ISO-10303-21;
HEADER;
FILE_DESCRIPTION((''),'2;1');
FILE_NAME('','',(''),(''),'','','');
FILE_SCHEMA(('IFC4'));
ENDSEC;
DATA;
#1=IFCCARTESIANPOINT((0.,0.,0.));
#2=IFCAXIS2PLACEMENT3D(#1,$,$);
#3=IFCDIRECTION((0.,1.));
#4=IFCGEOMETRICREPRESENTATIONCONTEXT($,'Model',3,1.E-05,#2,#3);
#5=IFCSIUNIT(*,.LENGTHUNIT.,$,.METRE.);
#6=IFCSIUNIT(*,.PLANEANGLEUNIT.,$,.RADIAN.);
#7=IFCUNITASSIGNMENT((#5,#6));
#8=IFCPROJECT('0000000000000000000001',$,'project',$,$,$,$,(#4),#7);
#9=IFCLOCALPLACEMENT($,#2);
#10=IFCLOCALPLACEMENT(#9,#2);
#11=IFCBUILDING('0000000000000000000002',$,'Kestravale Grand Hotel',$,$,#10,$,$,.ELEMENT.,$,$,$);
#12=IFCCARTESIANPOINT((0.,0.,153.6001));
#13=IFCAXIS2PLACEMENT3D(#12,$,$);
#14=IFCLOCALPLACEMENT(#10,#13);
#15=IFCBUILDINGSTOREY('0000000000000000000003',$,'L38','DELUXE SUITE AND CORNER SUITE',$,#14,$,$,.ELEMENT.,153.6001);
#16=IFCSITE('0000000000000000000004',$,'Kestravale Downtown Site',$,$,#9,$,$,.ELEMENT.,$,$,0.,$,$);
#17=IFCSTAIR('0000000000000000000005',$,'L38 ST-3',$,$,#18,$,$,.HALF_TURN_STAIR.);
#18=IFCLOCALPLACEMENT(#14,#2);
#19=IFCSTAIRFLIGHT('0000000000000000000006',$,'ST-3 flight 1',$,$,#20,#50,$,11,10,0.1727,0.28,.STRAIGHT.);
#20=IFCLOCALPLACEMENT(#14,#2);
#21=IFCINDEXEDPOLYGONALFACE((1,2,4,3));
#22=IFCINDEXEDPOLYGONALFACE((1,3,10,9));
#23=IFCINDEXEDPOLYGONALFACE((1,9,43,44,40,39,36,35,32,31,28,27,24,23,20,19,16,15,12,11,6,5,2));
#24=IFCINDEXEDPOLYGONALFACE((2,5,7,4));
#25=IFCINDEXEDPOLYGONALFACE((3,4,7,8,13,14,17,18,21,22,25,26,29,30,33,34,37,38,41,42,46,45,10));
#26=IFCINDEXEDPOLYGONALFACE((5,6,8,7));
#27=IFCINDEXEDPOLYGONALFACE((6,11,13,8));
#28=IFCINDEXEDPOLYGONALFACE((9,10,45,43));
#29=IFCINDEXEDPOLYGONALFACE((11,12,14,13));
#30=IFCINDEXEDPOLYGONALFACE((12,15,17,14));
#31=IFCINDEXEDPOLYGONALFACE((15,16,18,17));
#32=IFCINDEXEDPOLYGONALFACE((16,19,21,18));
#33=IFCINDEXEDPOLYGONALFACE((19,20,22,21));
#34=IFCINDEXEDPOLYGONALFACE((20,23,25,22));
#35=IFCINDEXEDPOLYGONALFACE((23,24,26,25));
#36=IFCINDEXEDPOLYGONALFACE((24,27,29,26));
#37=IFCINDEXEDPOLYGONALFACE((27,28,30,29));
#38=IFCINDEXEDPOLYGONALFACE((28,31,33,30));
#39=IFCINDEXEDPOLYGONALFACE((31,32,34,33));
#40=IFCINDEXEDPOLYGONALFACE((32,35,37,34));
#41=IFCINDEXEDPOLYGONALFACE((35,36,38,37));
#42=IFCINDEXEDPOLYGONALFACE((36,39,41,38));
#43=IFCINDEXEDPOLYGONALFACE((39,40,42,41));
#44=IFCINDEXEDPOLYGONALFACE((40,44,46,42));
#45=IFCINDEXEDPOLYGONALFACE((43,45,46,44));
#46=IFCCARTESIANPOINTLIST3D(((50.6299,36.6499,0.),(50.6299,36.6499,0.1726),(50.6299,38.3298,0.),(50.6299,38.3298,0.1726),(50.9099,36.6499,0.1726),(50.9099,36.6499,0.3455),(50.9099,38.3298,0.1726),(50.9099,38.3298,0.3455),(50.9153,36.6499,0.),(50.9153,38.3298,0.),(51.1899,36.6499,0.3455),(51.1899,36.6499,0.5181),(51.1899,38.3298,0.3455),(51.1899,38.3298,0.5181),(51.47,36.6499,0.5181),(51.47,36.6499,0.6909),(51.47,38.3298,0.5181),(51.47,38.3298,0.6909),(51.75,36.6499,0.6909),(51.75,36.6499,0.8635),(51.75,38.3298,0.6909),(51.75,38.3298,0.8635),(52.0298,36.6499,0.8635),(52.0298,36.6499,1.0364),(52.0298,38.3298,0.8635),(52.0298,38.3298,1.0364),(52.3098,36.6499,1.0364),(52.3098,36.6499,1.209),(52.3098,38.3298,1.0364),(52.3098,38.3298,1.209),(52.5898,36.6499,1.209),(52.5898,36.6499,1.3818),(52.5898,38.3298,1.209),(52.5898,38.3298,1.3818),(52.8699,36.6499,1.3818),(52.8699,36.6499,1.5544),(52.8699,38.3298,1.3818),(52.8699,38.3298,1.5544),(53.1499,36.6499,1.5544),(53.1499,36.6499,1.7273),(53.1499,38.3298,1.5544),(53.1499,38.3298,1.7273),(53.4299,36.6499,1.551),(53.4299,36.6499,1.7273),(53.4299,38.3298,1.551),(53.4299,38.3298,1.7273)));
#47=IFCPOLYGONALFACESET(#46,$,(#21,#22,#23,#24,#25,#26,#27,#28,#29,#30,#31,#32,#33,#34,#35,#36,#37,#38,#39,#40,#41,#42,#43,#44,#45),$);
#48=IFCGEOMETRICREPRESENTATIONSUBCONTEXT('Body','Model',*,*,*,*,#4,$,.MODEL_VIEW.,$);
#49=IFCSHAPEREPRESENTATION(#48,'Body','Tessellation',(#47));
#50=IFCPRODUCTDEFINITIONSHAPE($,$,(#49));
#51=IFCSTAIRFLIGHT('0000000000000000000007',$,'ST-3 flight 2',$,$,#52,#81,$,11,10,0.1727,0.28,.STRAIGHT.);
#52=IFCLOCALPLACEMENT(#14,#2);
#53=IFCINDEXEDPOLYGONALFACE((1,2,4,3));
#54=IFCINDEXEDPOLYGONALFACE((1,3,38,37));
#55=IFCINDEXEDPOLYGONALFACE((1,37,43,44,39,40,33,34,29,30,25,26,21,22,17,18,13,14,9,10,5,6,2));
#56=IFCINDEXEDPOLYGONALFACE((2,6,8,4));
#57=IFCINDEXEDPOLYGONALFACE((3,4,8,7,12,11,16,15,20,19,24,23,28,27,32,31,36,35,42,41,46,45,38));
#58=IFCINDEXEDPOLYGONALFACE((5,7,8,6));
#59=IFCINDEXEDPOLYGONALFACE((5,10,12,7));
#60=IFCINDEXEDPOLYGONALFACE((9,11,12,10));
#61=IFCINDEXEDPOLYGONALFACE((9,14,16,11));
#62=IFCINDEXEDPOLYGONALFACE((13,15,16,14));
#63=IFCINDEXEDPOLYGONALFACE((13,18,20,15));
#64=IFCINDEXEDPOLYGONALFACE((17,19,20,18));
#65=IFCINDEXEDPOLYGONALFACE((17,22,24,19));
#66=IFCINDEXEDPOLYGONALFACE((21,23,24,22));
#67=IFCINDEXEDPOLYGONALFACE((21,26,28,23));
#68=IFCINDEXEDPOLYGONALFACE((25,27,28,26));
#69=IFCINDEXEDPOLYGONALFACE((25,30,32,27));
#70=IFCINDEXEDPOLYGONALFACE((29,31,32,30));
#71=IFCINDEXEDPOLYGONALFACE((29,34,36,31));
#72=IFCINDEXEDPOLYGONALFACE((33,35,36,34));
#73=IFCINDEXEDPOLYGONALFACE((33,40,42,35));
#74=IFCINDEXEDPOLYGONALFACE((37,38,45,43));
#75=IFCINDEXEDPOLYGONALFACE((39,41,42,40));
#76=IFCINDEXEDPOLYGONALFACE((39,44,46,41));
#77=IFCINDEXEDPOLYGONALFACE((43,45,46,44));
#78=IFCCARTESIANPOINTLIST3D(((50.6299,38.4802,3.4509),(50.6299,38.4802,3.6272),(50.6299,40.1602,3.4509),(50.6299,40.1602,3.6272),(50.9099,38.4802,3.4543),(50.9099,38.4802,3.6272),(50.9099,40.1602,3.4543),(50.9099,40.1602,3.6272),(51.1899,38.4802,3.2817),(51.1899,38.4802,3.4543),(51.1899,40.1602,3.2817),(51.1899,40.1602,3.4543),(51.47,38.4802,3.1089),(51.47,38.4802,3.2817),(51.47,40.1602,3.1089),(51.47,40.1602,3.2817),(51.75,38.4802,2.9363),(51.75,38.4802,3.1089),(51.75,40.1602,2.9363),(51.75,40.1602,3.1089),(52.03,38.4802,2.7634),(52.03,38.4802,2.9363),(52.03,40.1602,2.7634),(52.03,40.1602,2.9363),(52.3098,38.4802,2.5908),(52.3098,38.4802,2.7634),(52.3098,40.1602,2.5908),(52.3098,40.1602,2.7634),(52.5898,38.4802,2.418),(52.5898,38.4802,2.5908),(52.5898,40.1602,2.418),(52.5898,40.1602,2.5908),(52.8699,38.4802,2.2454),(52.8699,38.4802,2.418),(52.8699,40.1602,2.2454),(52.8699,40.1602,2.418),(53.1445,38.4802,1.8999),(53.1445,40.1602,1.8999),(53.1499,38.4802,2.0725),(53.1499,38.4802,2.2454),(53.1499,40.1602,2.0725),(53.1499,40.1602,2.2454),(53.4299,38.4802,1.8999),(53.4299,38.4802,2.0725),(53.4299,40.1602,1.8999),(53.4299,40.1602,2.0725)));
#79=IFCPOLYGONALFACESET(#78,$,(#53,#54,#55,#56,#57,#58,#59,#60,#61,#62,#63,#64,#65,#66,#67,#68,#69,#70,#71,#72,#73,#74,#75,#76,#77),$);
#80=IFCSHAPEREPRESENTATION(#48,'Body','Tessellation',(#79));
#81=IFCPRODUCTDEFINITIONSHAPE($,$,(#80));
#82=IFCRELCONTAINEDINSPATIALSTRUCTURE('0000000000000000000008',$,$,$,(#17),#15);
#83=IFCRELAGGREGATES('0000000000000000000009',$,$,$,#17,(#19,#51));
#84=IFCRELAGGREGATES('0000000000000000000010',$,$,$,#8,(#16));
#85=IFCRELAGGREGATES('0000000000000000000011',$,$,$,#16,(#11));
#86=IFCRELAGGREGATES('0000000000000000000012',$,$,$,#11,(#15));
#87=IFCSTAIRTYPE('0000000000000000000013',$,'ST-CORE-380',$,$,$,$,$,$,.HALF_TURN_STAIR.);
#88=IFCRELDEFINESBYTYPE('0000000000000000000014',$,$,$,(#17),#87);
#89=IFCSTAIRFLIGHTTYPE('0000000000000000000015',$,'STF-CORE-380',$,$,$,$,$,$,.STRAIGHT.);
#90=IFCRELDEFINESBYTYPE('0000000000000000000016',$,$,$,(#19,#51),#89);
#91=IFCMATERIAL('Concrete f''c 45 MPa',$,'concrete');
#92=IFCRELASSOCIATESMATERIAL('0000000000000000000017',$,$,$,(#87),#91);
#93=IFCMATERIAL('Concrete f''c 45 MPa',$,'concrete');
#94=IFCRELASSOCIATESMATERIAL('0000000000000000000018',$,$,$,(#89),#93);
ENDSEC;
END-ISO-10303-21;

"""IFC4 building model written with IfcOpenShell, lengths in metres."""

from ifc_helpers import new_model, si_unit, direction, frame, origin, place, context, subcontext, project, spatial, polyline, outline, extrude, material, type_object, element, aggregate, save


model = new_model("IFC4")

# Units and contexts
model_context = context("Model", 3, precision=1e-05, world=origin(), true_north=direction((0.0, 1.0)))
body_context = subcontext(model_context, "Body", "Model", "MODEL_VIEW")
ifc_project = project(units=[si_unit("LENGTHUNIT", "METRE"), si_unit("PLANEANGLEUNIT", "RADIAN")], contexts=[model_context])

# Site, building, storey
site_placement = place(None, origin())
site = spatial("IfcSite", under=ifc_project, at=site_placement, Name="Kestravale Downtown Site", CompositionType="ELEMENT", RefElevation=0.0)
building_placement = place(site_placement, origin())
building = spatial("IfcBuilding", under=site, at=building_placement, Name="Kestravale Grand Hotel", CompositionType="ELEMENT")
storey_placement = place(building_placement, frame((0.0, 0.0, 153.6001)))
storey = spatial("IfcBuildingStorey", under=building, at=storey_placement, Name="L38", Description="DELUXE SUITE AND CORNER SUITE", CompositionType="ELEMENT", Elevation=153.6001)

# Stair, stair flights
ifc_material_1 = material(Name="Concrete f'c 45 MPa", Category="concrete")
stair_type = type_object("IfcStairType", Name="ST-CORE-380", PredefinedType="HALF_TURN_STAIR", material=ifc_material_1)
stair_placement = place(storey_placement, origin())
stair = element("IfcStair", 1, at=stair_placement, inside=storey, type_object=stair_type, Name="L38 ST-3", PredefinedType="HALF_TURN_STAIR")
ifc_material_2 = material(Name="Concrete f'c 45 MPa", Category="concrete")
stair_flight_type = type_object("IfcStairFlightType", Name="STF-CORE-380", PredefinedType="STRAIGHT", material=ifc_material_2)
stair_flight_1_placement = place(storey_placement, frame((50.6299, 37.49, 0.0), z_axis=(0.0, 0.0, 1.0), x_axis=(1.0, 0.0, 0.0)))
stair_flight_1 = element("IfcStairFlight", 2, at=stair_flight_1_placement, type_object=stair_flight_type, Name="ST-3 flight 1", NumberOfRisers=11, NumberOfTreads=10, PredefinedType="STRAIGHT", RiserHeight=0.1727, TreadLength=0.28, context=body_context, shape_type="SweptSolid", body=[
    extrude(outline(polyline([(0.0, 0.0), (0.0, 0.1726), (0.28, 0.1726), (0.28, 0.3455), (0.5601, 0.3455), (0.5601, 0.5181), (0.8401, 0.5181), (0.8401, 0.6909), (1.1201, 0.6909), (1.1201, 0.8635), (1.3999, 0.8635), (1.3999, 1.0364), (1.6799, 1.0364), (1.6799, 1.209), (1.96, 1.209), (1.96, 1.3818), (2.24, 1.3818), (2.24, 1.5544), (2.52, 1.5544), (2.52, 1.7273), (2.8, 1.7273), (2.8, 1.8999), (2.8, 1.551), (0.2854, 0.0), (0.0, 0.0)])), frame((0.0, 0.8398, 0.0), z_axis=(0.0, -1.0, 0.0), x_axis=(1.0, 0.0, 0.0)), (0.0, 0.0, 1.0), 1.6799),
])
stair_flight_2_placement = place(storey_placement, frame((53.4299, 39.3201, 1.8999), z_axis=(0.0, 0.0, 1.0), x_axis=(-1.0, 0.0, 0.0)))
stair_flight_2 = element("IfcStairFlight", 3, at=stair_flight_2_placement, type_object=stair_flight_type, Name="ST-3 flight 2", NumberOfRisers=11, NumberOfTreads=10, PredefinedType="STRAIGHT", RiserHeight=0.1727, TreadLength=0.28, context=body_context, shape_type="SweptSolid", body=[
    extrude(outline(polyline([(0.0, 0.0), (0.0, 0.1726), (0.28, 0.1726), (0.28, 0.3455), (0.5601, 0.3455), (0.5601, 0.5181), (0.8401, 0.5181), (0.8401, 0.6909), (1.1201, 0.6909), (1.1201, 0.8635), (1.3999, 0.8635), (1.3999, 1.0364), (1.6799, 1.0364), (1.6799, 1.209), (1.96, 1.209), (1.96, 1.3818), (2.24, 1.3818), (2.24, 1.5544), (2.52, 1.5544), (2.52, 1.7273), (2.8, 1.7273), (2.8, 1.8999), (2.8, 1.551), (0.2854, 0.0), (0.0, 0.0)])), frame((0.0, 0.8398, 0.0), z_axis=(0.0, -1.0, 0.0), x_axis=(1.0, 0.0, 0.0)), (0.0, 0.0, 1.0), 1.6799),
])
aggregate(stair, [stair_flight_1, stair_flight_2])

save(model, "model.ifc")
